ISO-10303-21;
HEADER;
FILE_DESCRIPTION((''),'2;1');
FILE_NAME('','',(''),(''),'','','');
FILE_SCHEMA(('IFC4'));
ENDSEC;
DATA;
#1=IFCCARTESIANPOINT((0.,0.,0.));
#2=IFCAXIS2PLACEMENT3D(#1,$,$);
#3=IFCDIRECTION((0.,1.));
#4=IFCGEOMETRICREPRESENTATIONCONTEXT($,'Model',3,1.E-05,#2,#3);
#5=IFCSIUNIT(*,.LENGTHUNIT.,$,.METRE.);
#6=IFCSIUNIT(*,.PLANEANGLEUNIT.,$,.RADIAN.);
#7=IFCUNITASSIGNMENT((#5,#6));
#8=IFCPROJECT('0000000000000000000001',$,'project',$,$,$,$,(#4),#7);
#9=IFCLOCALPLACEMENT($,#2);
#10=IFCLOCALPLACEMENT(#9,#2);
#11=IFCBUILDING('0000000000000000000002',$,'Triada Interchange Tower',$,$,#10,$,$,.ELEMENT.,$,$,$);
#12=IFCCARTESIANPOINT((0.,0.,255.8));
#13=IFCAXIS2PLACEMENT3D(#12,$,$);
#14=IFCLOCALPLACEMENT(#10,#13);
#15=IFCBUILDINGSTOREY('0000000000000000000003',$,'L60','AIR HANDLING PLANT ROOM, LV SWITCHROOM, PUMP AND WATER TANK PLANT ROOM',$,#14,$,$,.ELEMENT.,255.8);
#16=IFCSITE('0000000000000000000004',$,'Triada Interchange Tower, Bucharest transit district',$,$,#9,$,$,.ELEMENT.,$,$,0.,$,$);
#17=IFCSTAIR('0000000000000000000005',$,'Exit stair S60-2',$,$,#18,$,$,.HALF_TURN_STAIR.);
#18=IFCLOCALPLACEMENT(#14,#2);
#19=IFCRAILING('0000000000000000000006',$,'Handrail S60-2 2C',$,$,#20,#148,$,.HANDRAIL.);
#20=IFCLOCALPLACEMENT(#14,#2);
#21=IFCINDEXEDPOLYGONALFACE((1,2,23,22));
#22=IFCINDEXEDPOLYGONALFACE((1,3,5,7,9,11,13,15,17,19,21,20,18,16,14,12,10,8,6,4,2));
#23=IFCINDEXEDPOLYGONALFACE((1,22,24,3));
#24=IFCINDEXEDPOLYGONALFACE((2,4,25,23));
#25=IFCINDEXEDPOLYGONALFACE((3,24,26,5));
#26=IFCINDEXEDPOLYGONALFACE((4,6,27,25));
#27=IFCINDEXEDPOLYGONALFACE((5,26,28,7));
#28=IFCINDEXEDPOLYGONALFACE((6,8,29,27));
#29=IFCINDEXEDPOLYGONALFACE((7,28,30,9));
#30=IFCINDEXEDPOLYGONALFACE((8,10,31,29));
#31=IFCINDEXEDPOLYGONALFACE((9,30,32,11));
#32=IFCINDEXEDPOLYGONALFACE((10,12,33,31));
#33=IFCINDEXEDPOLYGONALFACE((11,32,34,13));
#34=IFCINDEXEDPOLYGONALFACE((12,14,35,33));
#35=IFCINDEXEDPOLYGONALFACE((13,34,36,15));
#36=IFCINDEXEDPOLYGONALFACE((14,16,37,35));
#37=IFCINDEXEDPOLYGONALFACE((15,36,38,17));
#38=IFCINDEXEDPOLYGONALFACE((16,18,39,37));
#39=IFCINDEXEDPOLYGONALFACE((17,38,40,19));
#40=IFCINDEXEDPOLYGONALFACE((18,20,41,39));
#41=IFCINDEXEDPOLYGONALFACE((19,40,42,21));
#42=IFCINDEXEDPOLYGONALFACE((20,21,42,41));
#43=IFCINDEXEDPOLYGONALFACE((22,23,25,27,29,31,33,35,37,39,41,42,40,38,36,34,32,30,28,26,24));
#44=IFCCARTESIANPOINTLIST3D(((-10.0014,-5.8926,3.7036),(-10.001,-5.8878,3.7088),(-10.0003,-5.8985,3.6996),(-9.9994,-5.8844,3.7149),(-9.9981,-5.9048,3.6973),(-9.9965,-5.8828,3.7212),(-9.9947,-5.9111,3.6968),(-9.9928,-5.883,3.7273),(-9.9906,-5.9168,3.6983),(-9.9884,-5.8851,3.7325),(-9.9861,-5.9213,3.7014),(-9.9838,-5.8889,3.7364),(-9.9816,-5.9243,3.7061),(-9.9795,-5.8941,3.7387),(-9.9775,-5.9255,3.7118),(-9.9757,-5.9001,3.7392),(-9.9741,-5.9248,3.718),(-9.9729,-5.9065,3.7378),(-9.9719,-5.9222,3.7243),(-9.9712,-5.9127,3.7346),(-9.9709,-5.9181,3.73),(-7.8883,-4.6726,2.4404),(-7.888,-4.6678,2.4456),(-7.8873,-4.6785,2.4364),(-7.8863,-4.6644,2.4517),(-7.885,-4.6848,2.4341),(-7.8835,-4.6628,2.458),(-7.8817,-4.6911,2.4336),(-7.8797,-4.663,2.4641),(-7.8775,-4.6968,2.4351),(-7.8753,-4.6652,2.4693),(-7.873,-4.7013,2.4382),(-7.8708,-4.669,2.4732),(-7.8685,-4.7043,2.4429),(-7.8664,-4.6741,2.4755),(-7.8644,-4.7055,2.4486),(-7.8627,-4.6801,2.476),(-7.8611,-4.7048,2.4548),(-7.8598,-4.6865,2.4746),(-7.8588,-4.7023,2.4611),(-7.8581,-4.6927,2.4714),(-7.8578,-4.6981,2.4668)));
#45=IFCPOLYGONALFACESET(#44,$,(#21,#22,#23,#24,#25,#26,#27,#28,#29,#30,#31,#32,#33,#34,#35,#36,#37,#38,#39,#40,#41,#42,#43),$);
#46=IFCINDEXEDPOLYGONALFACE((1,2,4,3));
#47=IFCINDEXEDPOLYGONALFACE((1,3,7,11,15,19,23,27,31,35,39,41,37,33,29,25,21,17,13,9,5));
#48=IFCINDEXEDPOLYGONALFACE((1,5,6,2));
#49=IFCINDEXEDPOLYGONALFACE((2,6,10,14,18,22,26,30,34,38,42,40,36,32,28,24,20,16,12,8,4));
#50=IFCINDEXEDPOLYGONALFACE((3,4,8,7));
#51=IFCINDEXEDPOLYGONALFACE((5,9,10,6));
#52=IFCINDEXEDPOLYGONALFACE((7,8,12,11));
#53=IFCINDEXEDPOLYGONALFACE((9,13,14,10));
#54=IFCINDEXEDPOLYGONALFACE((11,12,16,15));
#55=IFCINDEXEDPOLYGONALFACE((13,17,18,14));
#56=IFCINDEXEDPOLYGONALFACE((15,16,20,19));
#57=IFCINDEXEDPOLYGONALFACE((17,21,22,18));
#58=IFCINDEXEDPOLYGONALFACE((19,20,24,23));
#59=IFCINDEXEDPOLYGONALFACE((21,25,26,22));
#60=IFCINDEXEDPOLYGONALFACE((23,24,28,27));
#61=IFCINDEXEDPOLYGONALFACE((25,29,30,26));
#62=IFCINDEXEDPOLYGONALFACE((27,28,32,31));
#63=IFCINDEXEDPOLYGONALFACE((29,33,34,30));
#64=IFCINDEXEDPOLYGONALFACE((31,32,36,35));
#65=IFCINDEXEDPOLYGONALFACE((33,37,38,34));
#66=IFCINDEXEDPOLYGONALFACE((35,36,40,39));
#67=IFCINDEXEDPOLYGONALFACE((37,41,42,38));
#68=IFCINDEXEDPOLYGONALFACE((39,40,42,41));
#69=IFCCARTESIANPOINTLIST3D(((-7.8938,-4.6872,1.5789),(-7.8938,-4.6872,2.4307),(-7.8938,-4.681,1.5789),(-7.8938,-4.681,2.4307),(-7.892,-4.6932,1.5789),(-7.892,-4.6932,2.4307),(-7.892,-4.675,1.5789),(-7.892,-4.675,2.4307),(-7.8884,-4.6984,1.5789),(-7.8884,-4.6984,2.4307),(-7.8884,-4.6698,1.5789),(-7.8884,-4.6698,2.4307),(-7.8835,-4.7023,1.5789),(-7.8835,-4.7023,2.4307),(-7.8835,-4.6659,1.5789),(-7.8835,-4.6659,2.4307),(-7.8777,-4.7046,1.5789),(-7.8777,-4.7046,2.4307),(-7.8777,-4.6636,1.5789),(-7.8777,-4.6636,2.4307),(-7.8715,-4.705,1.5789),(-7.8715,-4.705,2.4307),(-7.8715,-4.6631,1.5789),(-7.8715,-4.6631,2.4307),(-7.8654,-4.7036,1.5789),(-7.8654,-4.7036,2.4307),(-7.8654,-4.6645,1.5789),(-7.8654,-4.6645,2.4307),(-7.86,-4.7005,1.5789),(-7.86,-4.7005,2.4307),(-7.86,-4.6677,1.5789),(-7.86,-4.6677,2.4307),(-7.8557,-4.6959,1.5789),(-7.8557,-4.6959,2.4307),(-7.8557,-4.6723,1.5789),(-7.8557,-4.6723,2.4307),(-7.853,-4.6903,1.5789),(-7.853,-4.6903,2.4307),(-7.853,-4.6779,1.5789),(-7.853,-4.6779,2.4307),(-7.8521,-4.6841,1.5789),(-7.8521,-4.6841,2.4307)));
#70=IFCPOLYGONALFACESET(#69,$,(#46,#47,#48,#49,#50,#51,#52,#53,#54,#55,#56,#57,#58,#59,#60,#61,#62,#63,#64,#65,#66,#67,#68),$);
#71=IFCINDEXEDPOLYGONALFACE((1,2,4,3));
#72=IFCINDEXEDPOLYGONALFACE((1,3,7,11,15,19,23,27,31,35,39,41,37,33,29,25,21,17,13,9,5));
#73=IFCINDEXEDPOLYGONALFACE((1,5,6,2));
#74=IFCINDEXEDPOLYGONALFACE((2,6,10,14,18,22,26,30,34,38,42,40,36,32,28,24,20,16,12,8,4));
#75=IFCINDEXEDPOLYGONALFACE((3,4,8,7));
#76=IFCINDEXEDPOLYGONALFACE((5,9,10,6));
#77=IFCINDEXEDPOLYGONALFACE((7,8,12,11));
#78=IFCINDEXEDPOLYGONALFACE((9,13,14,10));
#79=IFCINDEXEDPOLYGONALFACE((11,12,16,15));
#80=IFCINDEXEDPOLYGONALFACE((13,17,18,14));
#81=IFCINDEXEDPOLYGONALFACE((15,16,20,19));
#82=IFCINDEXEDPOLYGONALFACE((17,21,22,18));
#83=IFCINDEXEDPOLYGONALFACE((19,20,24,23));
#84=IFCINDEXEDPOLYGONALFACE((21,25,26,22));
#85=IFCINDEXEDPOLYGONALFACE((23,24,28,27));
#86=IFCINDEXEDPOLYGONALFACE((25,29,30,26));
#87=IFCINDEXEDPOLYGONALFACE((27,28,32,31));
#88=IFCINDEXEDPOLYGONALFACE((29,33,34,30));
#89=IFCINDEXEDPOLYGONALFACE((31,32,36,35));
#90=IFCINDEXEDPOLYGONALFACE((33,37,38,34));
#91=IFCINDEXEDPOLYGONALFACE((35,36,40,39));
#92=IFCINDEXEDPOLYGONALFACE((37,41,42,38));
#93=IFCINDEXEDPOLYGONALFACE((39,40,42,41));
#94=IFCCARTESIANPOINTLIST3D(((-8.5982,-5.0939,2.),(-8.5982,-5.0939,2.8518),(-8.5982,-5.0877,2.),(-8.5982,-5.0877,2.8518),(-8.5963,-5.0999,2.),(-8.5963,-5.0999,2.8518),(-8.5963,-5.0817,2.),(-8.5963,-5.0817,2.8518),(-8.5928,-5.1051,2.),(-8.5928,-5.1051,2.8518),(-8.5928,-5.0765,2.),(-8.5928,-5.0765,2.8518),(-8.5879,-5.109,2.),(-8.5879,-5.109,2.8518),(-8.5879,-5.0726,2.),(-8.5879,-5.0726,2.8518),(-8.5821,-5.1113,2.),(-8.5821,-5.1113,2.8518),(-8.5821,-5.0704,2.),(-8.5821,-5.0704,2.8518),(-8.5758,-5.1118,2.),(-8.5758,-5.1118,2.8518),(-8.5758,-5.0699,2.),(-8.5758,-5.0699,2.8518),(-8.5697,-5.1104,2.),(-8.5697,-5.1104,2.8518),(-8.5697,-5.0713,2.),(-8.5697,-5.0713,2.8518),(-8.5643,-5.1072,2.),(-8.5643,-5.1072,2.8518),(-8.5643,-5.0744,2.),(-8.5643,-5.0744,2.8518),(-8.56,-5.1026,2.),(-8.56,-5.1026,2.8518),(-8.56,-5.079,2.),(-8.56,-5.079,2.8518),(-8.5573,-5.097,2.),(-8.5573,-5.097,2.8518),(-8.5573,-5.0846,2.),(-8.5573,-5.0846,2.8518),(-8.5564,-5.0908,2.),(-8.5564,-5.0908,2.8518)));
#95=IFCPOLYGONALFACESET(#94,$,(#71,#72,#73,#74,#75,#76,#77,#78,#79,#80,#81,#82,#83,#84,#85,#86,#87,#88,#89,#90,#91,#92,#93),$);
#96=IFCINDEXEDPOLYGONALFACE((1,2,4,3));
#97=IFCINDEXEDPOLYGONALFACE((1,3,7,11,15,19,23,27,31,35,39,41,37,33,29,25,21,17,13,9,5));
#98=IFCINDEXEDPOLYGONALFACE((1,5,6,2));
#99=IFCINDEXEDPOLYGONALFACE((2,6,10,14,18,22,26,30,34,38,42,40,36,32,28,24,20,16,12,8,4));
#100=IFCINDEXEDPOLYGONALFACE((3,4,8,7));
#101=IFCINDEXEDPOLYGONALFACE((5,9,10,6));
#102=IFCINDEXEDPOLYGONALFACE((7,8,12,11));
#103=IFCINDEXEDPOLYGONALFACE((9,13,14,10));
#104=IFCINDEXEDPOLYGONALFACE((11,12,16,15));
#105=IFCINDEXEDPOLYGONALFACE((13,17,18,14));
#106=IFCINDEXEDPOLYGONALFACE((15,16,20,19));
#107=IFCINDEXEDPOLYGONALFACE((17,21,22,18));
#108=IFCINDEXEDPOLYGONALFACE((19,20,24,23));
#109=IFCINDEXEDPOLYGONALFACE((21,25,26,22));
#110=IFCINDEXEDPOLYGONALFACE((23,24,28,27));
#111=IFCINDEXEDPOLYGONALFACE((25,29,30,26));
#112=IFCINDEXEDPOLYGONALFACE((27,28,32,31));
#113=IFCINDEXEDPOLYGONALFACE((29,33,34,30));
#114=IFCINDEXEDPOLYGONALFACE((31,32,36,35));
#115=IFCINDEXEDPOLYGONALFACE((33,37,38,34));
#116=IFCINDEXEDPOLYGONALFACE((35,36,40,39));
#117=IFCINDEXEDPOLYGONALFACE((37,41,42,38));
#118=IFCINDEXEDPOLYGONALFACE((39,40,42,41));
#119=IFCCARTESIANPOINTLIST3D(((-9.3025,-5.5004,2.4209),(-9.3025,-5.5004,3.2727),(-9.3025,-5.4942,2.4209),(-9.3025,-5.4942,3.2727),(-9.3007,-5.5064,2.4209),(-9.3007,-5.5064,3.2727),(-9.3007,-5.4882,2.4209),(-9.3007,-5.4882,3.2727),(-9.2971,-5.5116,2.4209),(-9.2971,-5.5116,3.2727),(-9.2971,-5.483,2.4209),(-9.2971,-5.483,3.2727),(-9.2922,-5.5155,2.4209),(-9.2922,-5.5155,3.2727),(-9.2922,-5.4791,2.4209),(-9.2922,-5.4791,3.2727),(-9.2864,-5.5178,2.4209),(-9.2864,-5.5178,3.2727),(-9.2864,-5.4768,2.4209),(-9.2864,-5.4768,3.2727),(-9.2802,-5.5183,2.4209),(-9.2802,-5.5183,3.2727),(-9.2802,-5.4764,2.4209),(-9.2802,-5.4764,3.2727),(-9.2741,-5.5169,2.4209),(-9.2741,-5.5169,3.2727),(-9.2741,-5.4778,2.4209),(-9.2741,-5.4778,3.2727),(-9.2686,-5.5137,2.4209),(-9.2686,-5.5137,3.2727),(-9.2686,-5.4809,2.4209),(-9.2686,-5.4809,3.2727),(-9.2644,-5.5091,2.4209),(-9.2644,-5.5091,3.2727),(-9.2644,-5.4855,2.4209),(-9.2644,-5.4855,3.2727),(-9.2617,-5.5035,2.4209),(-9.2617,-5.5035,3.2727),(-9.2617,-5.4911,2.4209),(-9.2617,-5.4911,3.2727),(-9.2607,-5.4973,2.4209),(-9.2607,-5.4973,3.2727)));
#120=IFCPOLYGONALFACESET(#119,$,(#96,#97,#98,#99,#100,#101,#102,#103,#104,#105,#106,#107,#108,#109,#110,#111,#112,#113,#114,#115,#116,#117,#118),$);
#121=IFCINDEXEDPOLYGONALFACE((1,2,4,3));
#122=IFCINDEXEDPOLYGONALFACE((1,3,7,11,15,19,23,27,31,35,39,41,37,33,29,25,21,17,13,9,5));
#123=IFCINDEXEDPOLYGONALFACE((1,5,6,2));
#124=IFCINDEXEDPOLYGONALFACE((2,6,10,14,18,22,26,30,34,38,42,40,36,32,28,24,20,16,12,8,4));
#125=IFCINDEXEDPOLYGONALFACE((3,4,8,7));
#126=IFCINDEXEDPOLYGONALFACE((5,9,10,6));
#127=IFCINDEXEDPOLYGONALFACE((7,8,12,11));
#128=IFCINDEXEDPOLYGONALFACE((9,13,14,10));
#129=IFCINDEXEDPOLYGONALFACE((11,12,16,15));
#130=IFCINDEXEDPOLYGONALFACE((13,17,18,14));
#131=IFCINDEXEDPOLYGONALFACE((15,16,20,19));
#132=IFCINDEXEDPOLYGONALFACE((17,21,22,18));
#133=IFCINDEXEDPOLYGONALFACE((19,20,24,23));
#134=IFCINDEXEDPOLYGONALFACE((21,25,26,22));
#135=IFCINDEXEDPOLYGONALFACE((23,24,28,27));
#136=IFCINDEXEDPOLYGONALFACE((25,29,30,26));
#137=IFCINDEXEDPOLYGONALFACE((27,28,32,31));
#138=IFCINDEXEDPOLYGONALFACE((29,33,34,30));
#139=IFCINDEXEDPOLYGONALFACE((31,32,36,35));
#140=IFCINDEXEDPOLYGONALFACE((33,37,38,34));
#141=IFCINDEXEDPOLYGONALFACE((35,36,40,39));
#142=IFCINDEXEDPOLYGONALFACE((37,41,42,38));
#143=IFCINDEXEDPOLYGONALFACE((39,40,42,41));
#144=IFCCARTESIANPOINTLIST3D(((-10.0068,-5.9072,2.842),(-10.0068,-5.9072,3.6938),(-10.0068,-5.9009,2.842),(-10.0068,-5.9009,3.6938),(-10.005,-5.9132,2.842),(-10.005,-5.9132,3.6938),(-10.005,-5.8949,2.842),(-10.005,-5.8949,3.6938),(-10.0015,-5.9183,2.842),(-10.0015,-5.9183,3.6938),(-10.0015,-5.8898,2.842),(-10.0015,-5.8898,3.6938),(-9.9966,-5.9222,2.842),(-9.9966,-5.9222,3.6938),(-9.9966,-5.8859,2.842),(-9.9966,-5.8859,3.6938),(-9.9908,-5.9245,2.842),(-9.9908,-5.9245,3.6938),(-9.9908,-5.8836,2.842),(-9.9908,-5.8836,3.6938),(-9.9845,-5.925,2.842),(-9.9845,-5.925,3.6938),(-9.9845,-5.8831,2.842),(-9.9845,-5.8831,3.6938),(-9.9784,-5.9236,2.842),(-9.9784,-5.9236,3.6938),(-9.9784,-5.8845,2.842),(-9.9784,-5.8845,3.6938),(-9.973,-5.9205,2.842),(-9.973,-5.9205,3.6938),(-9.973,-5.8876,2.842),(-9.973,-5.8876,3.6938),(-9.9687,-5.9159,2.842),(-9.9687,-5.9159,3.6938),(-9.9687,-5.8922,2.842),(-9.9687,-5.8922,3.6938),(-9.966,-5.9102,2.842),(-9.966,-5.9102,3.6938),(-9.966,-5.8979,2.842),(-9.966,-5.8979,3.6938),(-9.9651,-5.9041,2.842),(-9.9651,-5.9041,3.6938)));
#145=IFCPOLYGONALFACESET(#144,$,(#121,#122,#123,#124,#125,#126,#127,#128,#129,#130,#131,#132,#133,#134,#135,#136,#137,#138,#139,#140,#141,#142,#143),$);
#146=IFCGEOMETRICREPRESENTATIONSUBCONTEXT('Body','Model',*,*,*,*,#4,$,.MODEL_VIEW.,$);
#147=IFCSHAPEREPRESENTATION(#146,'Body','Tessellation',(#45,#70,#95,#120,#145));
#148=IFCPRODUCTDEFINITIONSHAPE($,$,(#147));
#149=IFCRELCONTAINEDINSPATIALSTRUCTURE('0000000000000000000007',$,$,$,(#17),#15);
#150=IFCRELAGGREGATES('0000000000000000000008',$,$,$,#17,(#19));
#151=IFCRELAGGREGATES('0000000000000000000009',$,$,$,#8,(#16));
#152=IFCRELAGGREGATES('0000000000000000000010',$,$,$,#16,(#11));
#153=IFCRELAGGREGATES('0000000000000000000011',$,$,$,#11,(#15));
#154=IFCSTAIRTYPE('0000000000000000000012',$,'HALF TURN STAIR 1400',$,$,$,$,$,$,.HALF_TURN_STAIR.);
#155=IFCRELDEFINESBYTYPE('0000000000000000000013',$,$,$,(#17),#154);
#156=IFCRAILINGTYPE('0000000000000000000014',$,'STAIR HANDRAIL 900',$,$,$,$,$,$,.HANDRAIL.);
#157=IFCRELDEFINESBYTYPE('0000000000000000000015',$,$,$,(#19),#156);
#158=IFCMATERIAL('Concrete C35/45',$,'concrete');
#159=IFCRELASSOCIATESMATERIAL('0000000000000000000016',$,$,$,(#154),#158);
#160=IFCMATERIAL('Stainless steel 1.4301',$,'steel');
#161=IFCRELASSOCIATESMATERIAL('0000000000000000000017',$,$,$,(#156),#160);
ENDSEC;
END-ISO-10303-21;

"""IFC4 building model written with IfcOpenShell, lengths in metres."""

from ifc_helpers import new_model, si_unit, direction, frame, origin, origin_2d, place, context, subcontext, project, spatial, circle, extrude, material, type_object, element, aggregate, save


model = new_model("IFC4")

# Units and contexts
model_context = context("Model", 3, precision=1e-05, world=origin(), true_north=direction((0.0, 1.0)))
body_context = subcontext(model_context, "Body", "Model", "MODEL_VIEW")
ifc_project = project(units=[si_unit("LENGTHUNIT", "METRE"), si_unit("PLANEANGLEUNIT", "RADIAN")], contexts=[model_context])

# Site, building, storey
site_placement = place(None, origin())
site = spatial("IfcSite", under=ifc_project, at=site_placement, Name="Triada Interchange Tower, Bucharest transit district", CompositionType="ELEMENT", RefElevation=0.0)
building_placement = place(site_placement, origin())
building = spatial("IfcBuilding", under=site, at=building_placement, Name="Triada Interchange Tower", CompositionType="ELEMENT")
storey_placement = place(building_placement, frame((0.0, 0.0, 255.8)))
storey = spatial("IfcBuildingStorey", under=building, at=storey_placement, Name="L60", Description="AIR HANDLING PLANT ROOM, LV SWITCHROOM, PUMP AND WATER TANK PLANT ROOM", CompositionType="ELEMENT", Elevation=255.8)

# Stair, railing
ifc_material_1 = material(Name="Concrete C35/45", Category="concrete")
stair_type = type_object("IfcStairType", Name="HALF TURN STAIR 1400", PredefinedType="HALF_TURN_STAIR", material=ifc_material_1)
stair_placement = place(storey_placement, origin())
stair = element("IfcStair", 1, at=stair_placement, inside=storey, type_object=stair_type, Name="Exit stair S60-2", PredefinedType="HALF_TURN_STAIR")
ifc_material_2 = material(Name="Stainless steel 1.4301", Category="steel")
railing_type = type_object("IfcRailingType", Name="STAIR HANDRAIL 900", PredefinedType="HANDRAIL", material=ifc_material_2)
railing_1_placement = place(storey_placement, frame((-7.873, -4.6841, 1.5789)))
railing_1 = element("IfcRailing", 2, at=railing_1_placement, type_object=railing_type, Name="Handrail S60-2 2C", PredefinedType="HANDRAIL", context=body_context, shape_type="SweptSolid", body=[
    extrude(circle(Radius=0.0239, at=origin_2d()), frame((0.0, 0.0, 0.876), z_axis=(-0.76907, -0.444026, 0.459753), x_axis=(0.500003, -0.866024, 0.0)), (0.0, 0.0, 1.0), 2.7476),
    extrude(circle(Radius=0.021, at=origin_2d()), origin(), (0.0, 0.0, 1.0), 0.8518),
    extrude(circle(Radius=0.021, at=origin_2d()), frame((-0.7043, -0.4067, 0.4211)), (0.0, 0.0, 1.0), 0.8518),
    extrude(circle(Radius=0.021, at=origin_2d()), frame((-1.4087, -0.8132, 0.842)), (0.0, 0.0, 1.0), 0.8518),
    extrude(circle(Radius=0.021, at=origin_2d()), frame((-2.113, -1.22, 1.2632)), (0.0, 0.0, 1.0), 0.8518),
])
aggregate(stair, [railing_1])

save(model, "model.ifc")
